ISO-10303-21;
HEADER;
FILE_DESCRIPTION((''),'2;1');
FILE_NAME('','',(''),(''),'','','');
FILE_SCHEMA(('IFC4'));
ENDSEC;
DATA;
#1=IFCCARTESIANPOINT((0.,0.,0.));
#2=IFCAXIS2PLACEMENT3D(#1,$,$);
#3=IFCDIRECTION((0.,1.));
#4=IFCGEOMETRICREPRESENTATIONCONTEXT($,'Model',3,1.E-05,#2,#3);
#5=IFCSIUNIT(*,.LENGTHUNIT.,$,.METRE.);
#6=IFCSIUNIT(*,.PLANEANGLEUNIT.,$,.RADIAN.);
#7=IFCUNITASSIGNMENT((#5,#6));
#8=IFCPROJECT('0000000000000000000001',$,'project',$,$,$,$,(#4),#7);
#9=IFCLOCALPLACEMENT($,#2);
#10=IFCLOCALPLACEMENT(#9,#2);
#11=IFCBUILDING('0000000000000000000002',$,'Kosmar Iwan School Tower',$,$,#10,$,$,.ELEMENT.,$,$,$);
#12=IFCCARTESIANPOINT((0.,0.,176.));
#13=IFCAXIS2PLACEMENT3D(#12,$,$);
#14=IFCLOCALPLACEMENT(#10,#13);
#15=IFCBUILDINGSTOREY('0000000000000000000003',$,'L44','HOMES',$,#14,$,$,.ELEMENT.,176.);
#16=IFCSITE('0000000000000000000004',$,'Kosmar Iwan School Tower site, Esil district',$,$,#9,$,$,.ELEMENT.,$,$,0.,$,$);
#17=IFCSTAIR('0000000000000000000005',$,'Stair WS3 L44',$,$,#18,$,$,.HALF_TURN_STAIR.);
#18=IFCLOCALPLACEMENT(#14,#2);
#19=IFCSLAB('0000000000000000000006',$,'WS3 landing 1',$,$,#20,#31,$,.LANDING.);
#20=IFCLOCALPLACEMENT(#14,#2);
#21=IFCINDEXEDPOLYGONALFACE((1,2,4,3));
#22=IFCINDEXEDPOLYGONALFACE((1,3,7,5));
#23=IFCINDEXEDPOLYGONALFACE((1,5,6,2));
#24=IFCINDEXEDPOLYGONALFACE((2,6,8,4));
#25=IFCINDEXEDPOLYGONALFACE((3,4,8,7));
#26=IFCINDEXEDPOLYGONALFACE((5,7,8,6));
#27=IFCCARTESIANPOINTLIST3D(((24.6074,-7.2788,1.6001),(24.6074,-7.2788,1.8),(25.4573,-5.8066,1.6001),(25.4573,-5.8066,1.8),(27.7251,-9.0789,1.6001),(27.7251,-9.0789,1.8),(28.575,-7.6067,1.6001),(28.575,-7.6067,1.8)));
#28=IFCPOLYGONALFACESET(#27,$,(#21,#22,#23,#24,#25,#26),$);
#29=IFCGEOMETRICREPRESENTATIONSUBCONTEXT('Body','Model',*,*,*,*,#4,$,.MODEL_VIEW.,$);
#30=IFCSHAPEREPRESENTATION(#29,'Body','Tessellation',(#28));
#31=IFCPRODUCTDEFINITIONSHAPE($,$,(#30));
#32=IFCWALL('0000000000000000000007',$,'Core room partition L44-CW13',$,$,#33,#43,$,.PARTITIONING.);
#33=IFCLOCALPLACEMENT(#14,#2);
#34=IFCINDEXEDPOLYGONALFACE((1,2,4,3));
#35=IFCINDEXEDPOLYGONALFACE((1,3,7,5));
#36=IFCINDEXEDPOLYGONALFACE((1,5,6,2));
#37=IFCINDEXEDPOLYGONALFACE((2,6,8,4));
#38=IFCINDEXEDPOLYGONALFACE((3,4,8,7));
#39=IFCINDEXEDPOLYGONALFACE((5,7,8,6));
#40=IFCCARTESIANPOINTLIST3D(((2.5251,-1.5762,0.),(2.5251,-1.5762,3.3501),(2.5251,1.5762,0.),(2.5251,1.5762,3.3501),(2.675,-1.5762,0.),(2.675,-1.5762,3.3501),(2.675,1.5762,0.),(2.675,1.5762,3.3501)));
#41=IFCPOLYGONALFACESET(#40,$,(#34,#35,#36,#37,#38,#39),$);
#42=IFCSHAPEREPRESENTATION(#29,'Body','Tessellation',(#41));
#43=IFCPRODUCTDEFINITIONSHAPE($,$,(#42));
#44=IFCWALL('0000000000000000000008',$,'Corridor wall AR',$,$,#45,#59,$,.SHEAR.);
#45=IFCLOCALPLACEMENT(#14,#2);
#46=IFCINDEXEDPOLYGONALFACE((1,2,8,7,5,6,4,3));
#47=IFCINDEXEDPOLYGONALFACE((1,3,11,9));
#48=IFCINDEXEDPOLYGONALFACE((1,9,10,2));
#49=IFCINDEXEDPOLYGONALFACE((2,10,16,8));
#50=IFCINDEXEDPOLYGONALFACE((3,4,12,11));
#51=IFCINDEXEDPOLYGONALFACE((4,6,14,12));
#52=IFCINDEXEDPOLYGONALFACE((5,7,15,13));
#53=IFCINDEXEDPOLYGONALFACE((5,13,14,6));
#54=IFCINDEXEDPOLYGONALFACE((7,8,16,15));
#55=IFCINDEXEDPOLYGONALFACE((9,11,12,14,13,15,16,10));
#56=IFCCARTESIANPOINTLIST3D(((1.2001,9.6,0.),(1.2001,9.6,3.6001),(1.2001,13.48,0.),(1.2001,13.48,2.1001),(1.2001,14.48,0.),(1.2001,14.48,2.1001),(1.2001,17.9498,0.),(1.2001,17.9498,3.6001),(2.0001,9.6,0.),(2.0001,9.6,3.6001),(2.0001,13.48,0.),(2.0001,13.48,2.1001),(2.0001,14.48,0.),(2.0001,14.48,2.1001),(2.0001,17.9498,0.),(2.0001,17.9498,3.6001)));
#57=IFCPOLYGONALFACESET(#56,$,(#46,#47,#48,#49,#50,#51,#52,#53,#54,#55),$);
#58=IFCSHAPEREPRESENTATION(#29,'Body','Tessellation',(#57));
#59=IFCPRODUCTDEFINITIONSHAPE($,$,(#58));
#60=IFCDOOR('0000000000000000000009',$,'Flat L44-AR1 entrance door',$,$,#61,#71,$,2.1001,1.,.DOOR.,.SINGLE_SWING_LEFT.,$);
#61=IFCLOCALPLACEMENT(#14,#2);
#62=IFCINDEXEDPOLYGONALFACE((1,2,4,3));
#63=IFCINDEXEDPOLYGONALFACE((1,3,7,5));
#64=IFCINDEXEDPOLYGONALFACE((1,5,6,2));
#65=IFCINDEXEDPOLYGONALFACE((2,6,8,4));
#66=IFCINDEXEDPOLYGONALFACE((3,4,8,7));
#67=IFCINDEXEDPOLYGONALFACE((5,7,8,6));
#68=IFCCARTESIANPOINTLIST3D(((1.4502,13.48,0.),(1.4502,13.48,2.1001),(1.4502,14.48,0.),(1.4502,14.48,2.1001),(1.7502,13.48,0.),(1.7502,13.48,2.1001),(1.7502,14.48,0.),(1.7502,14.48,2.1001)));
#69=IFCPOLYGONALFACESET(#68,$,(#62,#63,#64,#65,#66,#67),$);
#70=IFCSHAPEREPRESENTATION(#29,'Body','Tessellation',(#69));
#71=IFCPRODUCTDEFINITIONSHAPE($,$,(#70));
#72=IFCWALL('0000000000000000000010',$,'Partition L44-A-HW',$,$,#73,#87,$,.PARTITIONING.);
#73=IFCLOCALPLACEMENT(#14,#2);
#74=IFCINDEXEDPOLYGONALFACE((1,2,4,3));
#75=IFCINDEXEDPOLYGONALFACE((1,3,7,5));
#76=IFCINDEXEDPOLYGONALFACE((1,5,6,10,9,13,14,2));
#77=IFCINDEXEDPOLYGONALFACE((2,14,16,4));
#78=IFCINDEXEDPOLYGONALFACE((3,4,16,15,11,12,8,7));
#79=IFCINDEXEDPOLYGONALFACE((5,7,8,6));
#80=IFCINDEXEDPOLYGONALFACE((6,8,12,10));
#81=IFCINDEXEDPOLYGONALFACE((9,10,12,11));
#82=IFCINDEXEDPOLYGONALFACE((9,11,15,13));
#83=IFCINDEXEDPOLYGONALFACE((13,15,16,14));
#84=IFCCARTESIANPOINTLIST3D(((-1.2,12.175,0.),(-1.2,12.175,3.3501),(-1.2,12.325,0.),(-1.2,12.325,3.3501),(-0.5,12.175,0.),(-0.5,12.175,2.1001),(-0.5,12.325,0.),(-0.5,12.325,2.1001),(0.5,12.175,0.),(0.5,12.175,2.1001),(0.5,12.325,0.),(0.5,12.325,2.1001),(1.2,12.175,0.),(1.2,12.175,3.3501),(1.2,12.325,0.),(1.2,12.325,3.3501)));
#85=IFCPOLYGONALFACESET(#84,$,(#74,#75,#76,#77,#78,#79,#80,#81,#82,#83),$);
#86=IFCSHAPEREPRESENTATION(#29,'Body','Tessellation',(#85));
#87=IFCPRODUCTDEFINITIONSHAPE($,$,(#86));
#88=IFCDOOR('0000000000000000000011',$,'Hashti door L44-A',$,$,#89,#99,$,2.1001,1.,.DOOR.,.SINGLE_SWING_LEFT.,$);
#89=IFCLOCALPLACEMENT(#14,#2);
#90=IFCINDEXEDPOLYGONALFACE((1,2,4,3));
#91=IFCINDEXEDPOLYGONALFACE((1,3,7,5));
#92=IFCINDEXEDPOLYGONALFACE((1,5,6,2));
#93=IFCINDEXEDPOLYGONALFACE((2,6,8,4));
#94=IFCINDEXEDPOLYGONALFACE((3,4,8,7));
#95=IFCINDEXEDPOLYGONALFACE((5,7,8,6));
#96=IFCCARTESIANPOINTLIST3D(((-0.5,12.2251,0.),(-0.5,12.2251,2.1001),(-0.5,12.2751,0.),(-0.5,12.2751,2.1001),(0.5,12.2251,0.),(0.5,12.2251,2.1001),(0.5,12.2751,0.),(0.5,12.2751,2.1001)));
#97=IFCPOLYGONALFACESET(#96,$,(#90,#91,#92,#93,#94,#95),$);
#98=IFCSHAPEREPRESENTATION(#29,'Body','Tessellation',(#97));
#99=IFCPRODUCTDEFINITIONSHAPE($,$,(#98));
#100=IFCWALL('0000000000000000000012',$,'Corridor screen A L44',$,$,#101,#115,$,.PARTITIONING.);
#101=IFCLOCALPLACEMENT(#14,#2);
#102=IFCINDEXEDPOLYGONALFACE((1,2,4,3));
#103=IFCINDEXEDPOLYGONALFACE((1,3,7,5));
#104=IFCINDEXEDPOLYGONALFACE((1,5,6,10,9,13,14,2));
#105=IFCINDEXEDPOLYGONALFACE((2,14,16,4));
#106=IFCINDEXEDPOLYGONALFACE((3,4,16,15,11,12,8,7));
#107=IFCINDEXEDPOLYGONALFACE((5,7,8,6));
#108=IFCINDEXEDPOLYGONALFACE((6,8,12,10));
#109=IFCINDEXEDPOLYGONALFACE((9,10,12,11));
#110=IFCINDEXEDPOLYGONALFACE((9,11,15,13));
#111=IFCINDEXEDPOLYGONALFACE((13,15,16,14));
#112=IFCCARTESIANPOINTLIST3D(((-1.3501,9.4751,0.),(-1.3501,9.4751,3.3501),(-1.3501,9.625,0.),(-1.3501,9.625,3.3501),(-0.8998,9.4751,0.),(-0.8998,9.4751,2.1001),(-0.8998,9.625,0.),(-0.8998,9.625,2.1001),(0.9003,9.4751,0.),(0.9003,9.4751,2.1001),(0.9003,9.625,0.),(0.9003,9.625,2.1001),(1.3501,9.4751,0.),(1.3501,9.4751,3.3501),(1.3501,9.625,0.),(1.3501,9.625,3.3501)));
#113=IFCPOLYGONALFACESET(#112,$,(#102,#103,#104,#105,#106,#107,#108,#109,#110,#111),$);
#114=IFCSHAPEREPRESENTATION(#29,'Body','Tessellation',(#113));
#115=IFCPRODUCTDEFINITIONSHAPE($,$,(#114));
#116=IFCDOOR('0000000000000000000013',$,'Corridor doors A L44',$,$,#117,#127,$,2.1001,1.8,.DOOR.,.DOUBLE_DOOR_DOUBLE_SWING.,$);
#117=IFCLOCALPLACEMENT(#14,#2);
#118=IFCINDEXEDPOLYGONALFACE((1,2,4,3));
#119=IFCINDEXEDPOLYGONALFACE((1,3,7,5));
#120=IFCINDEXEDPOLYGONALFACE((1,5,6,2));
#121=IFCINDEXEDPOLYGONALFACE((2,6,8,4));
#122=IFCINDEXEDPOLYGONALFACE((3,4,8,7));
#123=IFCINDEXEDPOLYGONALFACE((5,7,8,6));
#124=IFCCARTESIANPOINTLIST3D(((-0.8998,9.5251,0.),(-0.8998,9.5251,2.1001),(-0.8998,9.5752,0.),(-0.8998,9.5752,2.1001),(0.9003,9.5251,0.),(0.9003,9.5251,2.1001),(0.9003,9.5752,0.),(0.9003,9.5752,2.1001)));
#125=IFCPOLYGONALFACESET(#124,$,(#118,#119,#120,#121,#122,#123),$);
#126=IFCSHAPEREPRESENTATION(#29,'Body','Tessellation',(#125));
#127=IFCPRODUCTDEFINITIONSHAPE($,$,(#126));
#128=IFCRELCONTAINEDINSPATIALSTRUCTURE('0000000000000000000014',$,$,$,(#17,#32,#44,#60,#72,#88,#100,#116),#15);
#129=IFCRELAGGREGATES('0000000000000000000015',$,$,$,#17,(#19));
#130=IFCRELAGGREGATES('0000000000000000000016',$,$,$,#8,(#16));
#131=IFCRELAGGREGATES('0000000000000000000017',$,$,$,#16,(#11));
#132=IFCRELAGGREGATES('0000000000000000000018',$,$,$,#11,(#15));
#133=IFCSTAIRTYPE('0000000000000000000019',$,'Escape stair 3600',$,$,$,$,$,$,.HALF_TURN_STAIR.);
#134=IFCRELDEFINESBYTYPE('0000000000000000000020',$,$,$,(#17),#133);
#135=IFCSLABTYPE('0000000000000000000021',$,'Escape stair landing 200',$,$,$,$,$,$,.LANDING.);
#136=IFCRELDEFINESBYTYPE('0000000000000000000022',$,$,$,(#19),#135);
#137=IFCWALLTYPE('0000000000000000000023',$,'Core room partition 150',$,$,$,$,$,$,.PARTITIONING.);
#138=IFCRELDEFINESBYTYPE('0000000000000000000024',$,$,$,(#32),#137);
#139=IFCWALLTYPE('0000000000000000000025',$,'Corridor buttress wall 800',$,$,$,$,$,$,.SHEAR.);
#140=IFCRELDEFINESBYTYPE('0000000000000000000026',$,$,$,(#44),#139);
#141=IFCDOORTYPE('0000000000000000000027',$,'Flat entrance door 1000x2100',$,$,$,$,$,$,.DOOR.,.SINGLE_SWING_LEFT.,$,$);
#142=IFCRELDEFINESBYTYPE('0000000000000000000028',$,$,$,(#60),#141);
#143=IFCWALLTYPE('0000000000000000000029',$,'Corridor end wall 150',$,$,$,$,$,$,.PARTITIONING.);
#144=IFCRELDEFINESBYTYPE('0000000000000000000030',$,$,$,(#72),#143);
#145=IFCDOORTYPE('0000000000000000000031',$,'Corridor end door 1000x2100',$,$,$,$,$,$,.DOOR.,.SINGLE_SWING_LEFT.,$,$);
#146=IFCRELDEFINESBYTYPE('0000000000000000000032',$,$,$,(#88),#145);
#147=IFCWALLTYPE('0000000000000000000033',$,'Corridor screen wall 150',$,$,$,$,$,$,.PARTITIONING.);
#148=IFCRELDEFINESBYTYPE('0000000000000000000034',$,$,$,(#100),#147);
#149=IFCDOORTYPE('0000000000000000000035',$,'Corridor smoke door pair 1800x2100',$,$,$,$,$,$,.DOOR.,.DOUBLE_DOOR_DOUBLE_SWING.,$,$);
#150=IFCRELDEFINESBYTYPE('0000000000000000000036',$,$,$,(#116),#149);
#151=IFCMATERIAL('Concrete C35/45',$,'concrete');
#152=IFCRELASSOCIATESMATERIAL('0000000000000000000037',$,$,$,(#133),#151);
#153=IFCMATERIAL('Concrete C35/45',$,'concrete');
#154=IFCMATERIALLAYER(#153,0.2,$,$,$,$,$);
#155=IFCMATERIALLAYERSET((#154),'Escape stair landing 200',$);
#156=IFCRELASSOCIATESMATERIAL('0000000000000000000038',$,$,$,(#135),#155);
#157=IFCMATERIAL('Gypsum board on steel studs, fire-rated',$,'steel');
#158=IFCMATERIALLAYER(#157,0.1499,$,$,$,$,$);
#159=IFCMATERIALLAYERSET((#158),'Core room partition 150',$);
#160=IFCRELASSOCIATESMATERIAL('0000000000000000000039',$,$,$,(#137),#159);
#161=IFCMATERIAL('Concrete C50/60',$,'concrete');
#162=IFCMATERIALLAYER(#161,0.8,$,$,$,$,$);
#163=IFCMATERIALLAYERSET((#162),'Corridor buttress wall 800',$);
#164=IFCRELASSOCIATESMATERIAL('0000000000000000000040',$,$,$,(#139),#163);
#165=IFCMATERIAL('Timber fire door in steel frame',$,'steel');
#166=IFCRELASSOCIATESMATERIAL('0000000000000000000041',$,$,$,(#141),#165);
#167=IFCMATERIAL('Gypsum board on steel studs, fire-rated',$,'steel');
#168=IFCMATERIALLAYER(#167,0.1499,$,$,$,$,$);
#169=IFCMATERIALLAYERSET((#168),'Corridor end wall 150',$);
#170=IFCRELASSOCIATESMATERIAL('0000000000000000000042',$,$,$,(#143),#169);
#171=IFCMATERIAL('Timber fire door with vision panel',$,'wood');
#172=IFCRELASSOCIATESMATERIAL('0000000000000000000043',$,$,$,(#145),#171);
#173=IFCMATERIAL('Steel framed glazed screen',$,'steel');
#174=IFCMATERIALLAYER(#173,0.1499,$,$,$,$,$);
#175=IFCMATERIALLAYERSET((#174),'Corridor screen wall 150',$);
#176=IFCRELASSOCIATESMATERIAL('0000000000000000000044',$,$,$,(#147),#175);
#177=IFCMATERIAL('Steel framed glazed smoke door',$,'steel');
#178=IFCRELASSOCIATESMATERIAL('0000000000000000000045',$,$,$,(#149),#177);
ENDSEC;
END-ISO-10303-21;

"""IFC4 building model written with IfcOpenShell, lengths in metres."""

from ifc_helpers import new_model, si_unit, direction, frame, frame_2d, origin, place, context, subcontext, project, spatial, polyline, rectangle, outline, extrude, material, layer, layer_set, type_object, element, fill, aggregate, save


model = new_model("IFC4")

# Units and contexts
model_context = context("Model", 3, precision=1e-05, world=origin(), true_north=direction((0.0, 1.0)))
body_context = subcontext(model_context, "Body", "Model", "MODEL_VIEW")
ifc_project = project(units=[si_unit("LENGTHUNIT", "METRE"), si_unit("PLANEANGLEUNIT", "RADIAN")], contexts=[model_context])

# Site, building, storey
site_placement = place(None, origin())
site = spatial("IfcSite", under=ifc_project, at=site_placement, Name="Kosmar Iwan School Tower site, Esil district", CompositionType="ELEMENT", RefElevation=0.0)
building_placement = place(site_placement, origin())
building = spatial("IfcBuilding", under=site, at=building_placement, Name="Kosmar Iwan School Tower", CompositionType="ELEMENT")
storey_placement = place(building_placement, frame((0.0, 0.0, 176.0)))
storey = spatial("IfcBuildingStorey", under=building, at=storey_placement, Name="L44", Description="HOMES", CompositionType="ELEMENT", Elevation=176.0)

# Stair, slab
ifc_material_1 = material(Name="Concrete C35/45", Category="concrete")
stair_type_1 = type_object("IfcStairType", Name="Escape stair 3600", PredefinedType="HALF_TURN_STAIR", material=ifc_material_1)
stair_1_placement = place(storey_placement, origin())
stair_1 = element("IfcStair", 1, at=stair_1_placement, inside=storey, type_object=stair_type_1, Name="Stair WS3 L44", PredefinedType="HALF_TURN_STAIR")
ifc_material_2 = material(Name="Concrete C35/45", Category="concrete")
ifc_layer_1 = layer(ifc_material_2, 0.2)
ifc_layer_set_1 = layer_set([ifc_layer_1], Name="Escape stair landing 200")
slab_type = type_object("IfcSlabType", Name="Escape stair landing 200", PredefinedType="LANDING", material=ifc_layer_set_1)
slab_placement = place(storey_placement, frame((0.0, 0.0, 1.6001)))
slab = element("IfcSlab", 2, at=slab_placement, type_object=slab_type, Name="WS3 landing 1", PredefinedType="LANDING", context=body_context, shape_type="SweptSolid", body=[
    extrude(outline(polyline([(24.6074, -7.2788), (27.7251, -9.0789), (28.575, -7.6067), (25.4573, -5.8066), (24.6074, -7.2788)])), origin(), (0.0, 0.0, 1.0), 0.2),
])
aggregate(stair_1, [slab])

# Wall
ifc_material_3 = material(Name="Gypsum board on steel studs, fire-rated", Category="steel")
ifc_layer_2 = layer(ifc_material_3, 0.1499)
ifc_layer_set_2 = layer_set([ifc_layer_2], Name="Core room partition 150")
wall_type_1 = type_object("IfcWallType", Name="Core room partition 150", PredefinedType="PARTITIONING", material=ifc_layer_set_2)
wall_1_placement = place(storey_placement, frame((2.6001, 1.5762, 0.0), z_axis=(0.0, 0.0, 1.0), x_axis=(0.0, -1.0, 0.0)))
element("IfcWall", 3, at=wall_1_placement, inside=storey, type_object=wall_type_1, Name="Core room partition L44-CW13", PredefinedType="PARTITIONING", context=body_context, shape_type="SweptSolid", body=[
    extrude(rectangle(XDim=3.1523, YDim=0.1499, at=frame_2d((1.5762, 0.0))), origin(), (0.0, 0.0, 1.0), 3.3501),
])

# Walls, openings, doors
ifc_material_4 = material(Name="Concrete C50/60", Category="concrete")
ifc_layer_3 = layer(ifc_material_4, 0.8)
ifc_layer_set_3 = layer_set([ifc_layer_3], Name="Corridor buttress wall 800")
wall_type_2 = type_object("IfcWallType", Name="Corridor buttress wall 800", PredefinedType="SHEAR", material=ifc_layer_set_3)
wall_2_placement = place(storey_placement, frame((1.6001, 9.6001, 0.0), z_axis=(0.0, 0.0, 1.0), x_axis=(0.0, 1.0, 0.0)))
wall_2 = element("IfcWall", 4, at=wall_2_placement, inside=storey, type_object=wall_type_2, Name="Corridor wall AR", PredefinedType="SHEAR", context=body_context, shape_type="SweptSolid", body=[
    extrude(rectangle(XDim=8.3499, YDim=0.8, at=frame_2d((4.1748, 0.0))), origin(), (0.0, 0.0, 1.0), 3.6001),
])
opening_1_placement = place(wall_2_placement, frame((3.8799, 0.0, 0.0)))
opening_1 = element("IfcOpeningElement", 5, at=opening_1_placement, cuts=wall_2, PredefinedType="OPENING", context=body_context, shape_type="SweptSolid", body=[
    extrude(rectangle(XDim=1.0, YDim=2.1001, at=frame_2d((0.5, 1.05))), frame((0.0, 0.4121, 0.0), z_axis=(0.0, -1.0, 0.0), x_axis=(1.0, 0.0, 0.0)), (0.0, 0.0, 1.0), 0.824),
])
ifc_material_5 = material(Name="Timber fire door in steel frame", Category="steel")
door_type_1 = type_object("IfcDoorType", Name="Flat entrance door 1000x2100", OperationType="SINGLE_SWING_LEFT", PredefinedType="DOOR", material=ifc_material_5)
door_1_placement = place(opening_1_placement, origin())
door_1 = element("IfcDoor", 6, at=door_1_placement, inside=storey, type_object=door_type_1, Name="Flat L44-AR1 entrance door", OperationType="SINGLE_SWING_LEFT", OverallHeight=2.1001, OverallWidth=1.0, PredefinedType="DOOR", context=body_context, shape_type="SweptSolid", body=[
    extrude(rectangle(XDim=1.0, YDim=2.1001, at=frame_2d((0.5, 1.05))), frame((0.0, 0.1499, 0.0), z_axis=(0.0, -1.0, 0.0), x_axis=(1.0, 0.0, 0.0)), (0.0, 0.0, 1.0), 0.3),
])
fill(opening_1, door_1)
ifc_material_6 = material(Name="Gypsum board on steel studs, fire-rated", Category="steel")
ifc_layer_4 = layer(ifc_material_6, 0.1499)
ifc_layer_set_4 = layer_set([ifc_layer_4], Name="Corridor end wall 150")
wall_type_3 = type_object("IfcWallType", Name="Corridor end wall 150", PredefinedType="PARTITIONING", material=ifc_layer_set_4)
wall_3_placement = place(storey_placement, frame((1.2, 12.25, 0.0), z_axis=(0.0, 0.0, 1.0), x_axis=(-1.0, 0.0, 0.0)))
wall_3 = element("IfcWall", 7, at=wall_3_placement, inside=storey, type_object=wall_type_3, Name="Partition L44-A-HW", PredefinedType="PARTITIONING", context=body_context, shape_type="SweptSolid", body=[
    extrude(rectangle(XDim=2.3999, YDim=0.1499, at=frame_2d((1.2, 0.0))), origin(), (0.0, 0.0, 1.0), 3.3501),
])
opening_2_placement = place(wall_3_placement, frame((0.7, 0.0, 0.0)))
opening_2 = element("IfcOpeningElement", 8, at=opening_2_placement, cuts=wall_3, PredefinedType="OPENING", context=body_context, shape_type="SweptSolid", body=[
    extrude(rectangle(XDim=1.0, YDim=2.1001, at=frame_2d((0.5, 1.05))), frame((0.0, 0.0869, 0.0), z_axis=(0.0, -1.0, 0.0), x_axis=(1.0, 0.0, 0.0)), (0.0, 0.0, 1.0), 0.1738),
])
ifc_material_7 = material(Name="Timber fire door with vision panel", Category="wood")
door_type_2 = type_object("IfcDoorType", Name="Corridor end door 1000x2100", OperationType="SINGLE_SWING_LEFT", PredefinedType="DOOR", material=ifc_material_7)
door_2_placement = place(opening_2_placement, origin())
door_2 = element("IfcDoor", 9, at=door_2_placement, inside=storey, type_object=door_type_2, Name="Hashti door L44-A", OperationType="SINGLE_SWING_LEFT", OverallHeight=2.1001, OverallWidth=1.0, PredefinedType="DOOR", context=body_context, shape_type="SweptSolid", body=[
    extrude(rectangle(XDim=1.0, YDim=2.1001, at=frame_2d((0.5, 1.05))), frame((0.0, 0.0249, 0.0), z_axis=(0.0, -1.0, 0.0), x_axis=(1.0, 0.0, 0.0)), (0.0, 0.0, 1.0), 0.05),
])
fill(opening_2, door_2)
ifc_material_8 = material(Name="Steel framed glazed screen", Category="steel")
ifc_layer_5 = layer(ifc_material_8, 0.1499)
ifc_layer_set_5 = layer_set([ifc_layer_5], Name="Corridor screen wall 150")
wall_type_4 = type_object("IfcWallType", Name="Corridor screen wall 150", PredefinedType="PARTITIONING", material=ifc_layer_set_5)
wall_4_placement = place(storey_placement, frame((1.3501, 9.55, 0.0), z_axis=(0.0, 0.0, 1.0), x_axis=(-1.0, 0.0, 0.0)))
wall_4 = element("IfcWall", 10, at=wall_4_placement, inside=storey, type_object=wall_type_4, Name="Corridor screen A L44", PredefinedType="PARTITIONING", context=body_context, shape_type="SweptSolid", body=[
    extrude(rectangle(XDim=2.7002, YDim=0.1499, at=frame_2d((1.3501, 0.0))), origin(), (0.0, 0.0, 1.0), 3.3501),
])
opening_3_placement = place(wall_4_placement, frame((0.45, 0.0, 0.0)))
opening_3 = element("IfcOpeningElement", 11, at=opening_3_placement, cuts=wall_4, PredefinedType="OPENING", context=body_context, shape_type="SweptSolid", body=[
    extrude(rectangle(XDim=1.8, YDim=2.1001, at=frame_2d((0.8999, 1.05))), frame((0.0, 0.0869, 0.0), z_axis=(0.0, -1.0, 0.0), x_axis=(1.0, 0.0, 0.0)), (0.0, 0.0, 1.0), 0.1738),
])
ifc_material_9 = material(Name="Steel framed glazed smoke door", Category="steel")
door_type_3 = type_object("IfcDoorType", Name="Corridor smoke door pair 1800x2100", OperationType="DOUBLE_DOOR_DOUBLE_SWING", PredefinedType="DOOR", material=ifc_material_9)
door_3_placement = place(opening_3_placement, origin())
door_3 = element("IfcDoor", 12, at=door_3_placement, inside=storey, type_object=door_type_3, Name="Corridor doors A L44", OperationType="DOUBLE_DOOR_DOUBLE_SWING", OverallHeight=2.1001, OverallWidth=1.8, PredefinedType="DOOR", context=body_context, shape_type="SweptSolid", body=[
    extrude(rectangle(XDim=1.8, YDim=2.1001, at=frame_2d((0.8999, 1.05))), frame((0.0, 0.0249, 0.0), z_axis=(0.0, -1.0, 0.0), x_axis=(1.0, 0.0, 0.0)), (0.0, 0.0, 1.0), 0.05),
])
fill(opening_3, door_3)

save(model, "model.ifc")
